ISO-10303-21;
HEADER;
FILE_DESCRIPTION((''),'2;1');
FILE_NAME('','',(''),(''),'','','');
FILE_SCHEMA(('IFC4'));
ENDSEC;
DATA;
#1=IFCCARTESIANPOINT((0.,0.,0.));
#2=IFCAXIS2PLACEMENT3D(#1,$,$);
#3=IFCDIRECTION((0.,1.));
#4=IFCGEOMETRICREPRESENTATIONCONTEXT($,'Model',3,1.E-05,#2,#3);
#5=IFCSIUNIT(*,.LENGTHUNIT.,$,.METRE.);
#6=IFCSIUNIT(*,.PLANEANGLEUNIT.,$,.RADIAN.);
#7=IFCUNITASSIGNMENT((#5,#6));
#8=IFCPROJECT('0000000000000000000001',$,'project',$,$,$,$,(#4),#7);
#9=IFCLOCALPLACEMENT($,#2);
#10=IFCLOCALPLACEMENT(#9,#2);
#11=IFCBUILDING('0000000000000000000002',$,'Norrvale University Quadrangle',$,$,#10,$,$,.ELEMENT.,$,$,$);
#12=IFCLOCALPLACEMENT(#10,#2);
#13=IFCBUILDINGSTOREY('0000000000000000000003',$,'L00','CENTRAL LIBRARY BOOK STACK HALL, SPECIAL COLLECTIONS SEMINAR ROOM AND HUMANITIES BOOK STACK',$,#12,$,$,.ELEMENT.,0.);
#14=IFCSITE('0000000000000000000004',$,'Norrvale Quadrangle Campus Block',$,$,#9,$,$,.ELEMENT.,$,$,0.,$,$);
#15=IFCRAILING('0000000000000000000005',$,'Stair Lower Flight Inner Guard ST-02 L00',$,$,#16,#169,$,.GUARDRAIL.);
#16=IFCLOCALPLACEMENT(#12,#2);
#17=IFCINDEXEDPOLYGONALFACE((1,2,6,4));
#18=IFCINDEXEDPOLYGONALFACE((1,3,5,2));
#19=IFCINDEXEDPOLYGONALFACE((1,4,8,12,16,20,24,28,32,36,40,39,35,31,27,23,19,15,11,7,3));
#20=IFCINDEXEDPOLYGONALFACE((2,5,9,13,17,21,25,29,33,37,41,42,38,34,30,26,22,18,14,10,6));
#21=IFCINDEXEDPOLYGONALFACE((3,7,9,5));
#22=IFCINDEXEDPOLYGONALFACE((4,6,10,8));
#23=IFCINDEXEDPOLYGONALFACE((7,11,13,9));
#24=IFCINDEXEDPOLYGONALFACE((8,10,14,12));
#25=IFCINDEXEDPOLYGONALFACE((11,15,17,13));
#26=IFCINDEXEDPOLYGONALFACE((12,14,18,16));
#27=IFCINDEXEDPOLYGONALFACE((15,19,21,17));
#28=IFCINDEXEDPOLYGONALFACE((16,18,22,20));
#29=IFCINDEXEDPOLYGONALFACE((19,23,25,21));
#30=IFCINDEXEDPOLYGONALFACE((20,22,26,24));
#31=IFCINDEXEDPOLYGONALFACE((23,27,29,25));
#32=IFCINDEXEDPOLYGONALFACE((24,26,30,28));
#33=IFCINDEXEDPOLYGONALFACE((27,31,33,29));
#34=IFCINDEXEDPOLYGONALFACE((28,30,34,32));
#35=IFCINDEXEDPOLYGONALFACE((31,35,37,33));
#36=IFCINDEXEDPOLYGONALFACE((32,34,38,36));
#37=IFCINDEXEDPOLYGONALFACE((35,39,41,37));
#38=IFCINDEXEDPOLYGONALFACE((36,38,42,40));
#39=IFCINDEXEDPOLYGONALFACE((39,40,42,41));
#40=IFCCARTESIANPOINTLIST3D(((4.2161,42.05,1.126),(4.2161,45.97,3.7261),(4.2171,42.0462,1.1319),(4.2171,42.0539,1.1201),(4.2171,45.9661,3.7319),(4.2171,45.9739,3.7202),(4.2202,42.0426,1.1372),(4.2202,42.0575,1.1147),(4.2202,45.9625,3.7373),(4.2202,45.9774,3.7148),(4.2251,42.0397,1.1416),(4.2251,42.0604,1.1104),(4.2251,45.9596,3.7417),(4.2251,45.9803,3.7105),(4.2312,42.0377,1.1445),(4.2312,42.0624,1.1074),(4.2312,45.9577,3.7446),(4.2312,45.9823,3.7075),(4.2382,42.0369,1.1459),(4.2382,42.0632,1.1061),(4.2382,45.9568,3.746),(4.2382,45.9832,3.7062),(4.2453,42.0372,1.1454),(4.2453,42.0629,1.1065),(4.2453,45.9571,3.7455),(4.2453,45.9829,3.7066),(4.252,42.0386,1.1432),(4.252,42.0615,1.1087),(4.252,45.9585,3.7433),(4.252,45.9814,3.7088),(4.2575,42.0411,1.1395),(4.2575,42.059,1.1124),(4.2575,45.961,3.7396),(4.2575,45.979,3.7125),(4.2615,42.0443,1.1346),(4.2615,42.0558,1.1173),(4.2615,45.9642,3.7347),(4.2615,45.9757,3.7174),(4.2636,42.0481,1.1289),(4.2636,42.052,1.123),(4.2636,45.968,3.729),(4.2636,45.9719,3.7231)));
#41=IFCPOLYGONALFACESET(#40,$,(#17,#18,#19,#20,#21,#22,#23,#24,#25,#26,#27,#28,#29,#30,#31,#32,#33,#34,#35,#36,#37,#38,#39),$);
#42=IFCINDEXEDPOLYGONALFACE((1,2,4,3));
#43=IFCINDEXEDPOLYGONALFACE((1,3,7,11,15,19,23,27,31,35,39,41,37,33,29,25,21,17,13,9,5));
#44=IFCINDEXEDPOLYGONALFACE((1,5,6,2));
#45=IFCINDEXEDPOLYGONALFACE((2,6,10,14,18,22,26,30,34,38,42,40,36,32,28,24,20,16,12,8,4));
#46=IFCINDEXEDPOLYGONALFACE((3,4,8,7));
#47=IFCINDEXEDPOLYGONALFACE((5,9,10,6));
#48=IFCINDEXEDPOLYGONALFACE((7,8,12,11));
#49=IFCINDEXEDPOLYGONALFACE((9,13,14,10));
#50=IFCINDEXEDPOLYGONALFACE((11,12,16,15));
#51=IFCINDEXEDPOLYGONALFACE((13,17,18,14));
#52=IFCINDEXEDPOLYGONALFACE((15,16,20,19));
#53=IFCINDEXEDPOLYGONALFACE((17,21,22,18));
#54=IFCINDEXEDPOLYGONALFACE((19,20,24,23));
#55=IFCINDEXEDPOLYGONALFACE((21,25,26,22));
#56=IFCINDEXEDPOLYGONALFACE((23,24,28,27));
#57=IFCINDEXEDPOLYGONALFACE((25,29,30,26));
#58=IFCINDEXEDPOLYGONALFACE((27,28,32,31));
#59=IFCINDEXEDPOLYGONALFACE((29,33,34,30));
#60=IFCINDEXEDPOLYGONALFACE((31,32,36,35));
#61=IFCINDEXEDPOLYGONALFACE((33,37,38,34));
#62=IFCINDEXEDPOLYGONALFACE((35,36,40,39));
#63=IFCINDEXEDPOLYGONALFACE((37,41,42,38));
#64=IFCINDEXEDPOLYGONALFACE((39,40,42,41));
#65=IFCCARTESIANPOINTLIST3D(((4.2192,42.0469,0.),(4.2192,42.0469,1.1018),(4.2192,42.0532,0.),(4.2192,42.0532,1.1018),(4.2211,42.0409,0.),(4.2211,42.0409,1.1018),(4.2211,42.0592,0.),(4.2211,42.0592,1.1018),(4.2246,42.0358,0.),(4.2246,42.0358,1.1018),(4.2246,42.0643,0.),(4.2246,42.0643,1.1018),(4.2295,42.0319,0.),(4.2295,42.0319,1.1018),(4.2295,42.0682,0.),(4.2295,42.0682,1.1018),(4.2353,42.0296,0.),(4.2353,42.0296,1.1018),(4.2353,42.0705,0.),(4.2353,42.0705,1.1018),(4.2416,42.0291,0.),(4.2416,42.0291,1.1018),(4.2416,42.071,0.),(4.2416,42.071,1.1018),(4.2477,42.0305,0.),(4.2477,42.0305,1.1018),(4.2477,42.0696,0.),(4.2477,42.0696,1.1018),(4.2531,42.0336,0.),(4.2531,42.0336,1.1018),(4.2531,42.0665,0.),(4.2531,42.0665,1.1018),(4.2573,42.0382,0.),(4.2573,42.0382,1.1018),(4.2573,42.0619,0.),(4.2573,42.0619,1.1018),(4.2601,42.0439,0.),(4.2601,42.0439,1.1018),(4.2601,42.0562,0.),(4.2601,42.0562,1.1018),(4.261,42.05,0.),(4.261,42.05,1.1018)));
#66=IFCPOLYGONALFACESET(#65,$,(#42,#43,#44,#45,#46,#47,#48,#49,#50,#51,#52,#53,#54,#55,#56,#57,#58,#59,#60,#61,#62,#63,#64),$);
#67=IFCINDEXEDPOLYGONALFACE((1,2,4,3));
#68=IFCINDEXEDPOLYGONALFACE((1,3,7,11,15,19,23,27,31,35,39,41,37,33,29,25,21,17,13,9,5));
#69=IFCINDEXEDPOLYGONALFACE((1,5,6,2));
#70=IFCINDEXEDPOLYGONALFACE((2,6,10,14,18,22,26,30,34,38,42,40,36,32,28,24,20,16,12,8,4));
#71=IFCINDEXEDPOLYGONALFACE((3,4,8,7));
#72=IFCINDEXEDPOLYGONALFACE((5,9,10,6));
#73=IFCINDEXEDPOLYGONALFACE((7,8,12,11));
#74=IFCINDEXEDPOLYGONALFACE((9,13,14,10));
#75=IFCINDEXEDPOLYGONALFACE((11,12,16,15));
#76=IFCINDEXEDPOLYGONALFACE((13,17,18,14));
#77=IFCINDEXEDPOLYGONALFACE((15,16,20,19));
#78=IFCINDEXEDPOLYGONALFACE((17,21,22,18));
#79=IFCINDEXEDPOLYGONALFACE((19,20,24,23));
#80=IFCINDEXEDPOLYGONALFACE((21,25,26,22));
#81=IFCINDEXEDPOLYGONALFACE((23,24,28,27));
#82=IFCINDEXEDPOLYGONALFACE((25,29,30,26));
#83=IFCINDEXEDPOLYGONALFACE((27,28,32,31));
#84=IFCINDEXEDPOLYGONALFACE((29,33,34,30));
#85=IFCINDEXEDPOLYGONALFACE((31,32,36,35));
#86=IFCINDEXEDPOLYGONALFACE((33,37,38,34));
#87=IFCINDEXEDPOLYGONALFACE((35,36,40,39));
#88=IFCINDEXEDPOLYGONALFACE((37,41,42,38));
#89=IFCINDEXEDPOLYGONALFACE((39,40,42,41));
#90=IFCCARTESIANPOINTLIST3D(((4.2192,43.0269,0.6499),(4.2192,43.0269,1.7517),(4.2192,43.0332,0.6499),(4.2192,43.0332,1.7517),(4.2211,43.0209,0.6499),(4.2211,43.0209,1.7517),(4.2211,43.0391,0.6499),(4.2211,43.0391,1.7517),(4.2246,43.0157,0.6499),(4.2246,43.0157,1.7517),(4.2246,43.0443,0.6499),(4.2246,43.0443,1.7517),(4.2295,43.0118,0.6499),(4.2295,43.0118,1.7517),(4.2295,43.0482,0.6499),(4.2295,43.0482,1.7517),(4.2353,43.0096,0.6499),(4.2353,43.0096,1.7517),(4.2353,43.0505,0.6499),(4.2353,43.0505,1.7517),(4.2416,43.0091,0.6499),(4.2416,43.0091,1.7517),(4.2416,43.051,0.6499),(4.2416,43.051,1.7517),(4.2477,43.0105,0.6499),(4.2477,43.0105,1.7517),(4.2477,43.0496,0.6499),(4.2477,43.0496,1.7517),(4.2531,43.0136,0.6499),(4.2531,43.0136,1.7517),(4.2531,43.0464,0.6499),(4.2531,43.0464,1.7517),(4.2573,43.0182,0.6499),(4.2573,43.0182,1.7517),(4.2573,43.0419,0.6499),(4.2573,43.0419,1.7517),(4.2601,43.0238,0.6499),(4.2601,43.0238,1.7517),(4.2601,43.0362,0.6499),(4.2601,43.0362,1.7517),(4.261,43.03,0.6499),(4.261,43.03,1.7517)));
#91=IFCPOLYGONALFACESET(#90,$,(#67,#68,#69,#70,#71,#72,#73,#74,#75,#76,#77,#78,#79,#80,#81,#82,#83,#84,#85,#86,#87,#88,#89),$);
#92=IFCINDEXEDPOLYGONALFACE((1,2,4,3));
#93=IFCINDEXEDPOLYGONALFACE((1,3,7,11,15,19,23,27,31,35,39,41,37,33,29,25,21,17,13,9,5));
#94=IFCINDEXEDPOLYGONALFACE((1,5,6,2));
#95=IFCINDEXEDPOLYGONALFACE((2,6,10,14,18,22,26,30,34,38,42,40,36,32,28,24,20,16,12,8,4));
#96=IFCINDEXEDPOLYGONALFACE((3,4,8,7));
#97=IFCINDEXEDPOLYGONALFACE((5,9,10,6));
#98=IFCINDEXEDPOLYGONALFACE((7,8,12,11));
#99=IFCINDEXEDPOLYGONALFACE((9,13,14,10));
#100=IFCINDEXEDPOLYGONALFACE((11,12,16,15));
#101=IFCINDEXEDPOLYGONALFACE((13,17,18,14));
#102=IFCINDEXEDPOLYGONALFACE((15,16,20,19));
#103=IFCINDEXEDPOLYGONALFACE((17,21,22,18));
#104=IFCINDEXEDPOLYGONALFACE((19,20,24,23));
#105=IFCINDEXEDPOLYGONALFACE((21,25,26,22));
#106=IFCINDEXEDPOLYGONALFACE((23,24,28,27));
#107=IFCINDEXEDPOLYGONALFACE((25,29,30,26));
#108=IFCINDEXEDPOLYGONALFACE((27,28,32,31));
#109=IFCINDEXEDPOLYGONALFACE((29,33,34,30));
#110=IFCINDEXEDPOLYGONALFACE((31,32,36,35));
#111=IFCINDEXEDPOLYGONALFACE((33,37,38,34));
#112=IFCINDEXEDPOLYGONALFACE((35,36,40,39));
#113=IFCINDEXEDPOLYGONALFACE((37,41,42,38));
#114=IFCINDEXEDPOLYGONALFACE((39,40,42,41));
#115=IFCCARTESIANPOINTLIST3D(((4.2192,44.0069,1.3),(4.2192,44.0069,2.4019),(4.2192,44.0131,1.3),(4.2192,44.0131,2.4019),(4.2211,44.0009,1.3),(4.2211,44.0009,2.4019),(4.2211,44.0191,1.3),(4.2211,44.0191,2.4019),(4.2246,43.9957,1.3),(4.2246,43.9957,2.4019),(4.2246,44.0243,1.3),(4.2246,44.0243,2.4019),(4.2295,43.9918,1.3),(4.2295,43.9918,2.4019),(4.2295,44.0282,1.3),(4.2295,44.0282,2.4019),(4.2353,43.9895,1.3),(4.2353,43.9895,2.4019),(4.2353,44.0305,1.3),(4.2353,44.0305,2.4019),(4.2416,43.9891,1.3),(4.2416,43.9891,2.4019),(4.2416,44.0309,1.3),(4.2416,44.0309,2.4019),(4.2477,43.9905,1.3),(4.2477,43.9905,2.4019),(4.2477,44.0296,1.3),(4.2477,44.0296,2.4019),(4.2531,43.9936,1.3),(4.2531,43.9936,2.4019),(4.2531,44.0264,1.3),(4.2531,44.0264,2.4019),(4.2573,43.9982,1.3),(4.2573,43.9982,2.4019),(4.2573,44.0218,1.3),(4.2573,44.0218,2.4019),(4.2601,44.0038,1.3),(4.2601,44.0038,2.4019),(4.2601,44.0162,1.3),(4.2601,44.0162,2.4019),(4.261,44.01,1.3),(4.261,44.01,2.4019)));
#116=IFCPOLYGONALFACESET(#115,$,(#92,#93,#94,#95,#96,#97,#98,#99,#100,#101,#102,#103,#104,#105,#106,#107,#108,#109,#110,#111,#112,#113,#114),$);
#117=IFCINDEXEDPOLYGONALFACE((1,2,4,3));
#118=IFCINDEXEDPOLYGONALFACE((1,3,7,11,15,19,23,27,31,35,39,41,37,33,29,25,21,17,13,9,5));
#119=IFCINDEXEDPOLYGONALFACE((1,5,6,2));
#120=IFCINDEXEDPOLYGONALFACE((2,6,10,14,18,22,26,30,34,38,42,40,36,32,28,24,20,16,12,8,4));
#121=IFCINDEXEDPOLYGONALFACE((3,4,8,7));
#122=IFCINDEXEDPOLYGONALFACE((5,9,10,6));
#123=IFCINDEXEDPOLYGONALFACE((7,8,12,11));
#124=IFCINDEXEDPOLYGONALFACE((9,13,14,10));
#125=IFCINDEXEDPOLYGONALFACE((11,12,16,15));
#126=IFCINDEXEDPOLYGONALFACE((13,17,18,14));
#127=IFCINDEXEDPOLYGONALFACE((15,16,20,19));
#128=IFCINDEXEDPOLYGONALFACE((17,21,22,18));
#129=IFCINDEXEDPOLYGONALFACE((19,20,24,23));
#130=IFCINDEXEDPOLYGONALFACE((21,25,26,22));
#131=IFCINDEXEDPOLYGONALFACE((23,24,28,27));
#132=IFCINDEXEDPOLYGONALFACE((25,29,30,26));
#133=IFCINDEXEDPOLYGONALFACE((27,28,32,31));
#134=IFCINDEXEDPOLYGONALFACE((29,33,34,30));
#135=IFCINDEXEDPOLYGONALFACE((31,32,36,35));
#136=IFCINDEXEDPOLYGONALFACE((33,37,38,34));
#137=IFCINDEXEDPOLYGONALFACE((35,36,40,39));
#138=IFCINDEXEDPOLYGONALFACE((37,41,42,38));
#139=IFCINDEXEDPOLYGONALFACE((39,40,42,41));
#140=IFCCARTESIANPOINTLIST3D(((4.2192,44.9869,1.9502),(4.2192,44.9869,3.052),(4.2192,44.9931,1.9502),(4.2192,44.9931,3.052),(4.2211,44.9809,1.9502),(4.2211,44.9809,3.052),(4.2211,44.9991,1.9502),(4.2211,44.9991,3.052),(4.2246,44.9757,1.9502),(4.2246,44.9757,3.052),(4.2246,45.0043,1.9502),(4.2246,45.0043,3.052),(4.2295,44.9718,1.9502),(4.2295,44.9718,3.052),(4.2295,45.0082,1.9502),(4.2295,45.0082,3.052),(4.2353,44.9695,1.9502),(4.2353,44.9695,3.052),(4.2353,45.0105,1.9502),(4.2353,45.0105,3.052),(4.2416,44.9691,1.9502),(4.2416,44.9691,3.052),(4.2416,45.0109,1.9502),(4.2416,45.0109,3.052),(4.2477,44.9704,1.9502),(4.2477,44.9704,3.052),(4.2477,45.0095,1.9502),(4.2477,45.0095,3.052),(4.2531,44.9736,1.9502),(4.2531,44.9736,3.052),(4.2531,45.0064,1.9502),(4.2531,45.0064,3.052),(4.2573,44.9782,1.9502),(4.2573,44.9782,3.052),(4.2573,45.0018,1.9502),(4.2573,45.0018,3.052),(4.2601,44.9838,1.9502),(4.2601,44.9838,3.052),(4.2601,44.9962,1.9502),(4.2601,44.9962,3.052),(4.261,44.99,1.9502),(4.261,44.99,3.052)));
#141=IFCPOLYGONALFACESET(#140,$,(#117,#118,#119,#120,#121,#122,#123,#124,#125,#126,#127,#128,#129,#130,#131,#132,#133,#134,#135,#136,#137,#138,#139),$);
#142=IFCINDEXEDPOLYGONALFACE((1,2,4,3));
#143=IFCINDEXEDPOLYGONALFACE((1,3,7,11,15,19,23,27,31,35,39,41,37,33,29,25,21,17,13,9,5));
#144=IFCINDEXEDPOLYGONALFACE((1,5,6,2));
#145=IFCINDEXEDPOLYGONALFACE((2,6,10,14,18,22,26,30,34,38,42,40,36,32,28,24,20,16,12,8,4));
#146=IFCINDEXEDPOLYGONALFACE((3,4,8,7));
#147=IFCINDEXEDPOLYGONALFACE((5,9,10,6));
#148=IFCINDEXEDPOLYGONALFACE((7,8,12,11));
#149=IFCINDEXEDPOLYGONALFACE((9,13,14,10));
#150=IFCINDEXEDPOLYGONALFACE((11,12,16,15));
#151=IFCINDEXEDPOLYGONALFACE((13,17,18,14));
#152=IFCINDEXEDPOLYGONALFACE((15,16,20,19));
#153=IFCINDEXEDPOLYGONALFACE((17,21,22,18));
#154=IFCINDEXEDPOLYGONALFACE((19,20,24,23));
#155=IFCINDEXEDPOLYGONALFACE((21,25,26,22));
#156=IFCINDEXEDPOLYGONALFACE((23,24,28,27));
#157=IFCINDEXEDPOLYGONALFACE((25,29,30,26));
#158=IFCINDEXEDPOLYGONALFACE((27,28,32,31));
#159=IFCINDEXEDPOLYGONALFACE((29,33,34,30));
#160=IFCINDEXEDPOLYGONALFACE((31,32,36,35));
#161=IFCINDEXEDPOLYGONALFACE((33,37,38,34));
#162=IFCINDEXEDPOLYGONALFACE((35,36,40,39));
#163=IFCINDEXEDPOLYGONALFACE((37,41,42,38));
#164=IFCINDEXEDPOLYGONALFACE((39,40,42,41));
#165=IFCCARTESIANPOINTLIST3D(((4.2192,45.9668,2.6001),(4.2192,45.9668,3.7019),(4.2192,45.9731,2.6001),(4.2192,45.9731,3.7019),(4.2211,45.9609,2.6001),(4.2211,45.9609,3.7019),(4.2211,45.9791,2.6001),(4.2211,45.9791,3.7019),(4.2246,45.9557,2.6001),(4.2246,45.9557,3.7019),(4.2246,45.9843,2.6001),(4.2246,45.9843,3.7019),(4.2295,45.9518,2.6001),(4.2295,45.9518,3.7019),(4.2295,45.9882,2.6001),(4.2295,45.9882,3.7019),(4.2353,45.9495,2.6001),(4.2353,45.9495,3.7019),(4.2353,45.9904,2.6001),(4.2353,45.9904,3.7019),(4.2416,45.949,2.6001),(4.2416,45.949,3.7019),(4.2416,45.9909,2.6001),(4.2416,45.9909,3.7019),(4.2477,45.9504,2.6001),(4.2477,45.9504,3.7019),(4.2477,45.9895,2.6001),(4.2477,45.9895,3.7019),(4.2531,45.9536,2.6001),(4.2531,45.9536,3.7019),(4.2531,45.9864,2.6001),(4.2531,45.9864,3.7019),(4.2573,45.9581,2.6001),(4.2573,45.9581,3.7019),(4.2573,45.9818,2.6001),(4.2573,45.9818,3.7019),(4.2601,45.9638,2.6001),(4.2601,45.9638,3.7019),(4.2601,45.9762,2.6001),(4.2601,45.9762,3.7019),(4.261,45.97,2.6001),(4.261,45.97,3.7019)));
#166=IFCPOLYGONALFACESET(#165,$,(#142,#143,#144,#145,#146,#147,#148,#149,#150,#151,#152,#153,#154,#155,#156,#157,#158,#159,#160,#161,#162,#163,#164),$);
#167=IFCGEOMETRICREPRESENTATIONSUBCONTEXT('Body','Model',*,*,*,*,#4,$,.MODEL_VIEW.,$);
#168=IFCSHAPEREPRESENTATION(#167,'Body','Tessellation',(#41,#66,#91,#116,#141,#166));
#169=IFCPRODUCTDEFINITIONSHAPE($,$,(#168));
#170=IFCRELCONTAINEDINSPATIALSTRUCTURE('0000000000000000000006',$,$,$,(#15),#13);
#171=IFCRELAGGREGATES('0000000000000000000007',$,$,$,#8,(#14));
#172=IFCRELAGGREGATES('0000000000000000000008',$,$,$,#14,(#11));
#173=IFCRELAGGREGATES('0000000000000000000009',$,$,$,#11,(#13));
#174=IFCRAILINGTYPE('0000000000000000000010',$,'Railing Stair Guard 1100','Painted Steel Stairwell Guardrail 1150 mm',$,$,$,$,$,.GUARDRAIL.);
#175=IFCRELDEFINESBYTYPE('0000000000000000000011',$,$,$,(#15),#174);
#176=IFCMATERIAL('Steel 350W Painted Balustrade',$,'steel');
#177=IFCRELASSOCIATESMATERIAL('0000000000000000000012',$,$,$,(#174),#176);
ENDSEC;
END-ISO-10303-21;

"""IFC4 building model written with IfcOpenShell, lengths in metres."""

from ifc_helpers import new_model, si_unit, direction, frame, origin, origin_2d, place, context, subcontext, project, spatial, circle, extrude, material, type_object, element, save


model = new_model("IFC4")

# Units and contexts
model_context = context("Model", 3, precision=1e-05, world=origin(), true_north=direction((0.0, 1.0)))
body_context = subcontext(model_context, "Body", "Model", "MODEL_VIEW")
ifc_project = project(units=[si_unit("LENGTHUNIT", "METRE"), si_unit("PLANEANGLEUNIT", "RADIAN")], contexts=[model_context])

# Site, building, storey
site_placement = place(None, origin())
site = spatial("IfcSite", under=ifc_project, at=site_placement, Name="Norrvale Quadrangle Campus Block", CompositionType="ELEMENT", RefElevation=0.0)
building_placement = place(site_placement, origin())
building = spatial("IfcBuilding", under=site, at=building_placement, Name="Norrvale University Quadrangle", CompositionType="ELEMENT")
storey_placement = place(building_placement, origin())
storey = spatial("IfcBuildingStorey", under=building, at=storey_placement, Name="L00", Description="CENTRAL LIBRARY BOOK STACK HALL, SPECIAL COLLECTIONS SEMINAR ROOM AND HUMANITIES BOOK STACK", CompositionType="ELEMENT", Elevation=0.0)

# Railing
ifc_material_1 = material(Name="Steel 350W Painted Balustrade", Category="steel")
railing_type_1 = type_object("IfcRailingType", Name="Railing Stair Guard 1100", Description="Painted Steel Stairwell Guardrail 1150 mm", PredefinedType="GUARDRAIL", material=ifc_material_1)
railing_1_placement = place(storey_placement, frame((4.24, 42.05, 0.0)))
element("IfcRailing", 1, at=railing_1_placement, inside=storey, type_object=railing_type_1, Name="Stair Lower Flight Inner Guard ST-02 L00", PredefinedType="GUARDRAIL", context=body_context, shape_type="SweptSolid", body=[
    extrude(circle(Radius=0.0239, at=origin_2d()), frame((0.0, 0.0, 1.126), z_axis=(0.0, 0.833342, 0.552758), x_axis=(-1.0, 0.0, 0.0)), (0.0, 0.0, 1.0), 4.7039),
    extrude(circle(Radius=0.021, at=origin_2d()), origin(), (0.0, 0.0, 1.0), 1.1018),
    extrude(circle(Radius=0.021, at=origin_2d()), frame((0.0, 0.98, 0.6499)), (0.0, 0.0, 1.0), 1.1018),
    extrude(circle(Radius=0.021, at=origin_2d()), frame((0.0, 1.96, 1.3)), (0.0, 0.0, 1.0), 1.1018),
    extrude(circle(Radius=0.021, at=origin_2d()), frame((0.0, 2.9399, 1.9502)), (0.0, 0.0, 1.0), 1.1018),
    extrude(circle(Radius=0.021, at=origin_2d()), frame((0.0, 3.9199, 2.6001)), (0.0, 0.0, 1.0), 1.1018),
])

save(model, "model.ifc")
